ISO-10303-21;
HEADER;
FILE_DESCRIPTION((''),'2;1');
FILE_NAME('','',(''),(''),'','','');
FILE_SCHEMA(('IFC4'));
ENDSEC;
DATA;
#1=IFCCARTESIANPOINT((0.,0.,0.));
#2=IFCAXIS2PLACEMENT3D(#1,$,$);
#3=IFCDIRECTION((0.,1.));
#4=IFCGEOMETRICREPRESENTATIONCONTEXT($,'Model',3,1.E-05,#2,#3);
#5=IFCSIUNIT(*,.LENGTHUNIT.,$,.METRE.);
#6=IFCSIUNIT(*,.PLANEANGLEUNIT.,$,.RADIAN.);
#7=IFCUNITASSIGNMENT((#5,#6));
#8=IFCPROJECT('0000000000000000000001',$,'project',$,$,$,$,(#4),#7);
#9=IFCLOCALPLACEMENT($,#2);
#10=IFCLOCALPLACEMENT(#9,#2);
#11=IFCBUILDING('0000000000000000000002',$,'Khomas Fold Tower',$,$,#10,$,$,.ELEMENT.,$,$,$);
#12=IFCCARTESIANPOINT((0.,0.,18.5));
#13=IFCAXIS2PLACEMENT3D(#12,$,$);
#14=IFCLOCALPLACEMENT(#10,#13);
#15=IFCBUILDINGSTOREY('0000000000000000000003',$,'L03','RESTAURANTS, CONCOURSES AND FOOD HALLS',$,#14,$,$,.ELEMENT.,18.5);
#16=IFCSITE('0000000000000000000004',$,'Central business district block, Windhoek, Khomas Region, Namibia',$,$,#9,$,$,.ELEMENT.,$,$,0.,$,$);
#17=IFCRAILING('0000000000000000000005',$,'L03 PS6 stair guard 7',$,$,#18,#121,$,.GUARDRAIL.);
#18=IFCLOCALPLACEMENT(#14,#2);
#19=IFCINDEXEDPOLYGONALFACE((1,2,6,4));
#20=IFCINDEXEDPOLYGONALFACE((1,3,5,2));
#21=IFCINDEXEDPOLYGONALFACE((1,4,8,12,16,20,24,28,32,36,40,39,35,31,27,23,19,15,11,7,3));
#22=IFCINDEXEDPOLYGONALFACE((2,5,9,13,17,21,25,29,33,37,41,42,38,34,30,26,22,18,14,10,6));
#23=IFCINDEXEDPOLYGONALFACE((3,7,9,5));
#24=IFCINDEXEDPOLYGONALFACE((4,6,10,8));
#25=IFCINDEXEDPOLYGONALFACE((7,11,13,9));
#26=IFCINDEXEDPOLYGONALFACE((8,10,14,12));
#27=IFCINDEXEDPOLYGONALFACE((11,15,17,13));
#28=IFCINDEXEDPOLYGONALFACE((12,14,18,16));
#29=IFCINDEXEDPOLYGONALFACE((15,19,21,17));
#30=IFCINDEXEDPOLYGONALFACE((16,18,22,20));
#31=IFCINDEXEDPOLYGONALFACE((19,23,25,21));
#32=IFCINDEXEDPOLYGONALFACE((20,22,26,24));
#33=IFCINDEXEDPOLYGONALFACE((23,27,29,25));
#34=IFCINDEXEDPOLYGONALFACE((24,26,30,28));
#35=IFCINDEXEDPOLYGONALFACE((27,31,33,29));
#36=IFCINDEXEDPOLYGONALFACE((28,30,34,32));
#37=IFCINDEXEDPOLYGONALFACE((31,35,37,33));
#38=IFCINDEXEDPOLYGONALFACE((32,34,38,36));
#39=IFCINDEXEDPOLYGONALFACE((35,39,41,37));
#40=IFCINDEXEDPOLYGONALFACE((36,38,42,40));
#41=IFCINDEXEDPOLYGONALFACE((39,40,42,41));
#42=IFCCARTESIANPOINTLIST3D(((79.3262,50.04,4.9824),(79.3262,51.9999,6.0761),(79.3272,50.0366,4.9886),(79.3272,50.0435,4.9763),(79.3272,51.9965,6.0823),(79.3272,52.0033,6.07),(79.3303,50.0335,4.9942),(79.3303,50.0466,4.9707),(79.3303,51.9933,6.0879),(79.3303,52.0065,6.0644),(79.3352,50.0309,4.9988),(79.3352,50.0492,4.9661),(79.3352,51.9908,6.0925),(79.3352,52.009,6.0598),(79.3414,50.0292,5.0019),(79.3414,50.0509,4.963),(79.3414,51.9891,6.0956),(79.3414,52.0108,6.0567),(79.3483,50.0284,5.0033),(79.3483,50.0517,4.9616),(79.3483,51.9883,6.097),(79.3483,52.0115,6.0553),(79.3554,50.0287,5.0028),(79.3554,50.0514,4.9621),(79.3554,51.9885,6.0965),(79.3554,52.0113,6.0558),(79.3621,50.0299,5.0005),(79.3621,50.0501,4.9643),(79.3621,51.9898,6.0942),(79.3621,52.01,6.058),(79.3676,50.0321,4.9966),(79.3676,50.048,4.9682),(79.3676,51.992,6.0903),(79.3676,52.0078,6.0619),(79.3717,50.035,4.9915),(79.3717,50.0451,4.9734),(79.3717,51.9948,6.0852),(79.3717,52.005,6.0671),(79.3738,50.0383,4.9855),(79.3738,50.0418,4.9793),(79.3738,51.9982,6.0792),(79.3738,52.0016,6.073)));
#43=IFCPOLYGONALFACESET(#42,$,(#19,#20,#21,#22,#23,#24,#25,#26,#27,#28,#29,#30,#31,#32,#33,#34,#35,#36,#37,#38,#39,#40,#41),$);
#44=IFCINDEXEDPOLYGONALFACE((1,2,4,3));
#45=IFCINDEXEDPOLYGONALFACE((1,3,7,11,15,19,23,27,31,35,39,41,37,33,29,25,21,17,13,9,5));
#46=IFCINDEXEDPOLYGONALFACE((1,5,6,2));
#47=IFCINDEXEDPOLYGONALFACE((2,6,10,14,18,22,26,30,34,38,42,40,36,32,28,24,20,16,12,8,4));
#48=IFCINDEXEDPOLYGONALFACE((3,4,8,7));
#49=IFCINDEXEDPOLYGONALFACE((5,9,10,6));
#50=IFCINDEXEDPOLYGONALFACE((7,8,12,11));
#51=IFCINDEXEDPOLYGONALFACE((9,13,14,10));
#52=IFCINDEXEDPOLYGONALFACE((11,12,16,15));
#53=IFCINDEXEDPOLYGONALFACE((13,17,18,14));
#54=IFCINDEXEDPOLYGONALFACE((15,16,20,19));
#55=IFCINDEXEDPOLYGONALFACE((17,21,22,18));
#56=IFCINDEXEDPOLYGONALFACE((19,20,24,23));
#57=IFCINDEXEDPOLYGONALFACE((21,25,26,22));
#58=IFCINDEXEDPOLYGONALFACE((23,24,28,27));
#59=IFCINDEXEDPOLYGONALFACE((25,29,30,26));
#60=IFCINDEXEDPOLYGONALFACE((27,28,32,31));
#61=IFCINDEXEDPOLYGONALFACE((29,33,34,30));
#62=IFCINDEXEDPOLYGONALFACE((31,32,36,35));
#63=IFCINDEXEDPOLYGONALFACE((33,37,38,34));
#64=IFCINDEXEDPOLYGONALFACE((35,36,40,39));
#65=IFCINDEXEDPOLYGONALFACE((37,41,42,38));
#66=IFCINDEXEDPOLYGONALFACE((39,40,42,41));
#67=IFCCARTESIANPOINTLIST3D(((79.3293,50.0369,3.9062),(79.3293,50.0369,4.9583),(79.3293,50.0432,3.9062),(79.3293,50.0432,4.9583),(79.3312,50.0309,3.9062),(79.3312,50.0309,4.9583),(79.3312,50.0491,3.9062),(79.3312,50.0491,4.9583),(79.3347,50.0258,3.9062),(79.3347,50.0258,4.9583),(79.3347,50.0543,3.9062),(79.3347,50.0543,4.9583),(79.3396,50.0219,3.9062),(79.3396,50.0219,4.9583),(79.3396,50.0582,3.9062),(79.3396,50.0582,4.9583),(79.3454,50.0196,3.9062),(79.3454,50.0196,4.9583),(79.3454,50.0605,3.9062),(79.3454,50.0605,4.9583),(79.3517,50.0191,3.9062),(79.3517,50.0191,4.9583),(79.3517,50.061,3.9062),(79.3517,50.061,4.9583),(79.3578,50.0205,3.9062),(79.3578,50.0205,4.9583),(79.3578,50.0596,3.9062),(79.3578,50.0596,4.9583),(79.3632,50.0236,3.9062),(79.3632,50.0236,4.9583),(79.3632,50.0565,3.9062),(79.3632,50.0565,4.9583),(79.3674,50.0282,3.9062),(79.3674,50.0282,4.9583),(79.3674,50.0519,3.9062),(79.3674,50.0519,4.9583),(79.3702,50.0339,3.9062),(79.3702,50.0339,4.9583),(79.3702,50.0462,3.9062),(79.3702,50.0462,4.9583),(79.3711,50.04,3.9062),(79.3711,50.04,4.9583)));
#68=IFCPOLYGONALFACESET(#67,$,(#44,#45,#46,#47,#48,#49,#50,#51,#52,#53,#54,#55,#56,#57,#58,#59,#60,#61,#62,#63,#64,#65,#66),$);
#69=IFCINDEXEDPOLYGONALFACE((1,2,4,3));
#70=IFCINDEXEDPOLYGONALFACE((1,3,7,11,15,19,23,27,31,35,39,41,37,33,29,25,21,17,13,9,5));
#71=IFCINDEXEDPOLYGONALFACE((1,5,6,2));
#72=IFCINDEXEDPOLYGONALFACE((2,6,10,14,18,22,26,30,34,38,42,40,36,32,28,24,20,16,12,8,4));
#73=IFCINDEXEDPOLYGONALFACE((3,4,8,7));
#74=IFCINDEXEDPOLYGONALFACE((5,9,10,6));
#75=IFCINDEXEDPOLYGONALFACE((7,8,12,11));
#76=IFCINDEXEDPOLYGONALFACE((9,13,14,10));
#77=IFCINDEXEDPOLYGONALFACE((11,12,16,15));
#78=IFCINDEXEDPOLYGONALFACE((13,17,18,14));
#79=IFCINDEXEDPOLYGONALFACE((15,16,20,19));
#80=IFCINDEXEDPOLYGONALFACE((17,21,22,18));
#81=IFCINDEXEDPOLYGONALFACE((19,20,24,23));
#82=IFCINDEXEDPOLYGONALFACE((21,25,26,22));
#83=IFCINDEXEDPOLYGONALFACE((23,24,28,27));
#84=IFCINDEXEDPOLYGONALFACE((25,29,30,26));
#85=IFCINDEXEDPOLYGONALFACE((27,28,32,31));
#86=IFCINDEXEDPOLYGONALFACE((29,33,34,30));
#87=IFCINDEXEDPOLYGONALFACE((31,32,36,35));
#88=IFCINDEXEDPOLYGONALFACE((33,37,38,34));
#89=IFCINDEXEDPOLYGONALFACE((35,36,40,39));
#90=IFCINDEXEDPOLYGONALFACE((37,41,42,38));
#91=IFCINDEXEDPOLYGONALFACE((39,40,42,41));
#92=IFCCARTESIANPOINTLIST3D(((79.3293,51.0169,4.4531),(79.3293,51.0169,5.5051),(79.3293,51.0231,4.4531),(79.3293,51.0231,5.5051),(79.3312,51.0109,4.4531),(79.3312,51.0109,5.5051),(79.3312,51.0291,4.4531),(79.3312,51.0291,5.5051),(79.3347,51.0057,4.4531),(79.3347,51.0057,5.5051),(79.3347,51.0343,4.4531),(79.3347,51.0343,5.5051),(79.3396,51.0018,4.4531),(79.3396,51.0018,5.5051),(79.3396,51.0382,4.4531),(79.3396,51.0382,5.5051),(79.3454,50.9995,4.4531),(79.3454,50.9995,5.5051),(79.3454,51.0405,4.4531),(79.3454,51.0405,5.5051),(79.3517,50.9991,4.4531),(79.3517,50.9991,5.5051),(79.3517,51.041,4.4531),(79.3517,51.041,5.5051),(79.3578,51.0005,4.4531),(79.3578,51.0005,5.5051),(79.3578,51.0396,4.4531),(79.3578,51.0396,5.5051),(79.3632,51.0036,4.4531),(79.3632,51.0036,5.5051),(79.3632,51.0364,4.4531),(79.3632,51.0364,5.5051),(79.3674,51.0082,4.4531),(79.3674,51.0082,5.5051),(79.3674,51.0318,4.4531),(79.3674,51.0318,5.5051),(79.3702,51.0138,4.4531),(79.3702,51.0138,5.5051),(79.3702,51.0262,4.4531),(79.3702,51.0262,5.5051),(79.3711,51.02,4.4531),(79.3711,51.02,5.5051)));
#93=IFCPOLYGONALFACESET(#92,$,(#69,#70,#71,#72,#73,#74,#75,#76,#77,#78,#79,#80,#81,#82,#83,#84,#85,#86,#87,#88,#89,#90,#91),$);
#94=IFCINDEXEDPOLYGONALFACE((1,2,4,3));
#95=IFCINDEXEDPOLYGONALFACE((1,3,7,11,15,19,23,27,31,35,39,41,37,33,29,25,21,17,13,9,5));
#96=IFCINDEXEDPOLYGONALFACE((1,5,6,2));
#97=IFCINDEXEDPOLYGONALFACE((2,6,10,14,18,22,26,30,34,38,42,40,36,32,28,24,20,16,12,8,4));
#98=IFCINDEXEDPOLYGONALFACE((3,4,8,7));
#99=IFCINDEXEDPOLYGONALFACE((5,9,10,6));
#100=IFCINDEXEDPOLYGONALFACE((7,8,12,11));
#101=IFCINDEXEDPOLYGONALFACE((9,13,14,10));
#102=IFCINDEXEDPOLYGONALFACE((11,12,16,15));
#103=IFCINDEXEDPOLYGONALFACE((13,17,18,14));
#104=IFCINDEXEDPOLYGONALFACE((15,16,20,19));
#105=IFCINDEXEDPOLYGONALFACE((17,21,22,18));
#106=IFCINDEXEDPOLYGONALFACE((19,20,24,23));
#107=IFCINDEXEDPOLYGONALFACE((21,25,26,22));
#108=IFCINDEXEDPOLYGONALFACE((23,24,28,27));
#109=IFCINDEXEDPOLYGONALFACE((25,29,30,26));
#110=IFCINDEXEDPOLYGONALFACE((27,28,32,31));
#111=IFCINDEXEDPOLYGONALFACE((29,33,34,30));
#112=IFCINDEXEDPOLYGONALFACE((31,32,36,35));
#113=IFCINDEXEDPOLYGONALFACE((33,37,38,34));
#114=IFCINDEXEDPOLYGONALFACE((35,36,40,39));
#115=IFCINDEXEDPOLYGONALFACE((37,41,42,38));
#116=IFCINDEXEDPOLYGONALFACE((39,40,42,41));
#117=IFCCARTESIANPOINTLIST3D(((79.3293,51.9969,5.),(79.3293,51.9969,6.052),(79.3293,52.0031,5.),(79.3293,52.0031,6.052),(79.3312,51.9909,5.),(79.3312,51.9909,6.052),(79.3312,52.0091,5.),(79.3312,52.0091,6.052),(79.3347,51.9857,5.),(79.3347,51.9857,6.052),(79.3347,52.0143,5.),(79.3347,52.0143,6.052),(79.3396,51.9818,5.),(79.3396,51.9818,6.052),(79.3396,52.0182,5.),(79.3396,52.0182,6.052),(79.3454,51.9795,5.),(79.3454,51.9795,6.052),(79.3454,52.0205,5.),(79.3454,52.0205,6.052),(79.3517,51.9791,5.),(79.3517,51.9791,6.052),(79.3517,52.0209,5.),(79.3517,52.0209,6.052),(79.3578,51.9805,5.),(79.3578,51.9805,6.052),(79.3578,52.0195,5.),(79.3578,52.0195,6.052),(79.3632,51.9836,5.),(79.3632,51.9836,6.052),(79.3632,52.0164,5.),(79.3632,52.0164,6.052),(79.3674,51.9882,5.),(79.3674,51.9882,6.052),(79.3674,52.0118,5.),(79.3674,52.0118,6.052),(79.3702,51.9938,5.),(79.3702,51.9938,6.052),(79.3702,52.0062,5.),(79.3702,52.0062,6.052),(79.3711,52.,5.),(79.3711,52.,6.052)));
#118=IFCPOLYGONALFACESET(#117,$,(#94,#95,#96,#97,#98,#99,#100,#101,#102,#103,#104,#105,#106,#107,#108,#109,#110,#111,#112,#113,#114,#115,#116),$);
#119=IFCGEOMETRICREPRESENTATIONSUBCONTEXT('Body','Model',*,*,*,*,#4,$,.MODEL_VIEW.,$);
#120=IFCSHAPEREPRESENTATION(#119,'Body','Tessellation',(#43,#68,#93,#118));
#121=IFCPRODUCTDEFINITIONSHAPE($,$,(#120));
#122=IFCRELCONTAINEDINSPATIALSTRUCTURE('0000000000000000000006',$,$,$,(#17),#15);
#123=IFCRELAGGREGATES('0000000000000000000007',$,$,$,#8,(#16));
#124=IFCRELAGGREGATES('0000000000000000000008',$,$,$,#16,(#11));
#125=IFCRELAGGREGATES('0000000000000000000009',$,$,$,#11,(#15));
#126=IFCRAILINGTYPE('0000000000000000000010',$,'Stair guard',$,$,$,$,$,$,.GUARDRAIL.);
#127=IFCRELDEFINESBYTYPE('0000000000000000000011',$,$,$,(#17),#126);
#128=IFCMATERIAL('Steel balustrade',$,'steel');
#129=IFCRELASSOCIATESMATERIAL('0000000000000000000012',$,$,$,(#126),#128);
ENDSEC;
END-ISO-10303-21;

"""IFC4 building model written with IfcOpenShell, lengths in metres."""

from ifc_helpers import new_model, si_unit, direction, frame, origin, origin_2d, place, context, subcontext, project, spatial, circle, extrude, source, transform, mapped, material, type_object, element, save


model = new_model("IFC4")

# Units and contexts
model_context = context("Model", 3, precision=1e-05, world=origin(), true_north=direction((0.0, 1.0)))
body_context = subcontext(model_context, "Body", "Model", "MODEL_VIEW")
ifc_project = project(units=[si_unit("LENGTHUNIT", "METRE"), si_unit("PLANEANGLEUNIT", "RADIAN")], contexts=[model_context])

# Site, building, storey
site_placement = place(None, origin())
site = spatial("IfcSite", under=ifc_project, at=site_placement, Name="Central business district block, Windhoek, Khomas Region, Namibia", CompositionType="ELEMENT", RefElevation=0.0)
building_placement = place(site_placement, origin())
building = spatial("IfcBuilding", under=site, at=building_placement, Name="Khomas Fold Tower", CompositionType="ELEMENT")
storey_placement = place(building_placement, frame((0.0, 0.0, 18.5)))
storey = spatial("IfcBuildingStorey", under=building, at=storey_placement, Name="L03", Description="RESTAURANTS, CONCOURSES AND FOOD HALLS", CompositionType="ELEMENT", Elevation=18.5)

# Railing
ifc_material_1 = material(Name="Steel balustrade", Category="steel")
railing_type_1 = type_object("IfcRailingType", Name="Stair guard", PredefinedType="GUARDRAIL", material=ifc_material_1)
shared_shape_1 = source(origin(), body_context, "Body", "SweptSolid", [
    extrude(circle(Radius=0.0239, at=origin_2d()), frame((0.0, 0.0, 1.0762), z_axis=(0.0, 0.873232, 0.487304), x_axis=(-1.0, 0.0, 0.0)), (0.0, 0.0, 1.0), 2.2444),
    extrude(circle(Radius=0.021, at=origin_2d()), origin(), (0.0, 0.0, 1.0), 1.052),
    extrude(circle(Radius=0.021, at=origin_2d()), frame((0.0, 0.98, 0.5469)), (0.0, 0.0, 1.0), 1.052),
    extrude(circle(Radius=0.021, at=origin_2d()), frame((0.0, 1.96, 1.0938)), (0.0, 0.0, 1.0), 1.052),
])
for number, where, name in (
    (1, (79.3501, 50.04, 3.9062), "L03 PS6 stair guard 7"),
):
    element("IfcRailing", number, at=place(storey_placement, frame(where)), inside=storey, type_object=railing_type_1, Name=name, PredefinedType="GUARDRAIL", context=body_context, shape_type="MappedRepresentation", body=[
        mapped(shared_shape_1, transform((0.0, 0.0, 0.0))),
    ])

save(model, "model.ifc")
